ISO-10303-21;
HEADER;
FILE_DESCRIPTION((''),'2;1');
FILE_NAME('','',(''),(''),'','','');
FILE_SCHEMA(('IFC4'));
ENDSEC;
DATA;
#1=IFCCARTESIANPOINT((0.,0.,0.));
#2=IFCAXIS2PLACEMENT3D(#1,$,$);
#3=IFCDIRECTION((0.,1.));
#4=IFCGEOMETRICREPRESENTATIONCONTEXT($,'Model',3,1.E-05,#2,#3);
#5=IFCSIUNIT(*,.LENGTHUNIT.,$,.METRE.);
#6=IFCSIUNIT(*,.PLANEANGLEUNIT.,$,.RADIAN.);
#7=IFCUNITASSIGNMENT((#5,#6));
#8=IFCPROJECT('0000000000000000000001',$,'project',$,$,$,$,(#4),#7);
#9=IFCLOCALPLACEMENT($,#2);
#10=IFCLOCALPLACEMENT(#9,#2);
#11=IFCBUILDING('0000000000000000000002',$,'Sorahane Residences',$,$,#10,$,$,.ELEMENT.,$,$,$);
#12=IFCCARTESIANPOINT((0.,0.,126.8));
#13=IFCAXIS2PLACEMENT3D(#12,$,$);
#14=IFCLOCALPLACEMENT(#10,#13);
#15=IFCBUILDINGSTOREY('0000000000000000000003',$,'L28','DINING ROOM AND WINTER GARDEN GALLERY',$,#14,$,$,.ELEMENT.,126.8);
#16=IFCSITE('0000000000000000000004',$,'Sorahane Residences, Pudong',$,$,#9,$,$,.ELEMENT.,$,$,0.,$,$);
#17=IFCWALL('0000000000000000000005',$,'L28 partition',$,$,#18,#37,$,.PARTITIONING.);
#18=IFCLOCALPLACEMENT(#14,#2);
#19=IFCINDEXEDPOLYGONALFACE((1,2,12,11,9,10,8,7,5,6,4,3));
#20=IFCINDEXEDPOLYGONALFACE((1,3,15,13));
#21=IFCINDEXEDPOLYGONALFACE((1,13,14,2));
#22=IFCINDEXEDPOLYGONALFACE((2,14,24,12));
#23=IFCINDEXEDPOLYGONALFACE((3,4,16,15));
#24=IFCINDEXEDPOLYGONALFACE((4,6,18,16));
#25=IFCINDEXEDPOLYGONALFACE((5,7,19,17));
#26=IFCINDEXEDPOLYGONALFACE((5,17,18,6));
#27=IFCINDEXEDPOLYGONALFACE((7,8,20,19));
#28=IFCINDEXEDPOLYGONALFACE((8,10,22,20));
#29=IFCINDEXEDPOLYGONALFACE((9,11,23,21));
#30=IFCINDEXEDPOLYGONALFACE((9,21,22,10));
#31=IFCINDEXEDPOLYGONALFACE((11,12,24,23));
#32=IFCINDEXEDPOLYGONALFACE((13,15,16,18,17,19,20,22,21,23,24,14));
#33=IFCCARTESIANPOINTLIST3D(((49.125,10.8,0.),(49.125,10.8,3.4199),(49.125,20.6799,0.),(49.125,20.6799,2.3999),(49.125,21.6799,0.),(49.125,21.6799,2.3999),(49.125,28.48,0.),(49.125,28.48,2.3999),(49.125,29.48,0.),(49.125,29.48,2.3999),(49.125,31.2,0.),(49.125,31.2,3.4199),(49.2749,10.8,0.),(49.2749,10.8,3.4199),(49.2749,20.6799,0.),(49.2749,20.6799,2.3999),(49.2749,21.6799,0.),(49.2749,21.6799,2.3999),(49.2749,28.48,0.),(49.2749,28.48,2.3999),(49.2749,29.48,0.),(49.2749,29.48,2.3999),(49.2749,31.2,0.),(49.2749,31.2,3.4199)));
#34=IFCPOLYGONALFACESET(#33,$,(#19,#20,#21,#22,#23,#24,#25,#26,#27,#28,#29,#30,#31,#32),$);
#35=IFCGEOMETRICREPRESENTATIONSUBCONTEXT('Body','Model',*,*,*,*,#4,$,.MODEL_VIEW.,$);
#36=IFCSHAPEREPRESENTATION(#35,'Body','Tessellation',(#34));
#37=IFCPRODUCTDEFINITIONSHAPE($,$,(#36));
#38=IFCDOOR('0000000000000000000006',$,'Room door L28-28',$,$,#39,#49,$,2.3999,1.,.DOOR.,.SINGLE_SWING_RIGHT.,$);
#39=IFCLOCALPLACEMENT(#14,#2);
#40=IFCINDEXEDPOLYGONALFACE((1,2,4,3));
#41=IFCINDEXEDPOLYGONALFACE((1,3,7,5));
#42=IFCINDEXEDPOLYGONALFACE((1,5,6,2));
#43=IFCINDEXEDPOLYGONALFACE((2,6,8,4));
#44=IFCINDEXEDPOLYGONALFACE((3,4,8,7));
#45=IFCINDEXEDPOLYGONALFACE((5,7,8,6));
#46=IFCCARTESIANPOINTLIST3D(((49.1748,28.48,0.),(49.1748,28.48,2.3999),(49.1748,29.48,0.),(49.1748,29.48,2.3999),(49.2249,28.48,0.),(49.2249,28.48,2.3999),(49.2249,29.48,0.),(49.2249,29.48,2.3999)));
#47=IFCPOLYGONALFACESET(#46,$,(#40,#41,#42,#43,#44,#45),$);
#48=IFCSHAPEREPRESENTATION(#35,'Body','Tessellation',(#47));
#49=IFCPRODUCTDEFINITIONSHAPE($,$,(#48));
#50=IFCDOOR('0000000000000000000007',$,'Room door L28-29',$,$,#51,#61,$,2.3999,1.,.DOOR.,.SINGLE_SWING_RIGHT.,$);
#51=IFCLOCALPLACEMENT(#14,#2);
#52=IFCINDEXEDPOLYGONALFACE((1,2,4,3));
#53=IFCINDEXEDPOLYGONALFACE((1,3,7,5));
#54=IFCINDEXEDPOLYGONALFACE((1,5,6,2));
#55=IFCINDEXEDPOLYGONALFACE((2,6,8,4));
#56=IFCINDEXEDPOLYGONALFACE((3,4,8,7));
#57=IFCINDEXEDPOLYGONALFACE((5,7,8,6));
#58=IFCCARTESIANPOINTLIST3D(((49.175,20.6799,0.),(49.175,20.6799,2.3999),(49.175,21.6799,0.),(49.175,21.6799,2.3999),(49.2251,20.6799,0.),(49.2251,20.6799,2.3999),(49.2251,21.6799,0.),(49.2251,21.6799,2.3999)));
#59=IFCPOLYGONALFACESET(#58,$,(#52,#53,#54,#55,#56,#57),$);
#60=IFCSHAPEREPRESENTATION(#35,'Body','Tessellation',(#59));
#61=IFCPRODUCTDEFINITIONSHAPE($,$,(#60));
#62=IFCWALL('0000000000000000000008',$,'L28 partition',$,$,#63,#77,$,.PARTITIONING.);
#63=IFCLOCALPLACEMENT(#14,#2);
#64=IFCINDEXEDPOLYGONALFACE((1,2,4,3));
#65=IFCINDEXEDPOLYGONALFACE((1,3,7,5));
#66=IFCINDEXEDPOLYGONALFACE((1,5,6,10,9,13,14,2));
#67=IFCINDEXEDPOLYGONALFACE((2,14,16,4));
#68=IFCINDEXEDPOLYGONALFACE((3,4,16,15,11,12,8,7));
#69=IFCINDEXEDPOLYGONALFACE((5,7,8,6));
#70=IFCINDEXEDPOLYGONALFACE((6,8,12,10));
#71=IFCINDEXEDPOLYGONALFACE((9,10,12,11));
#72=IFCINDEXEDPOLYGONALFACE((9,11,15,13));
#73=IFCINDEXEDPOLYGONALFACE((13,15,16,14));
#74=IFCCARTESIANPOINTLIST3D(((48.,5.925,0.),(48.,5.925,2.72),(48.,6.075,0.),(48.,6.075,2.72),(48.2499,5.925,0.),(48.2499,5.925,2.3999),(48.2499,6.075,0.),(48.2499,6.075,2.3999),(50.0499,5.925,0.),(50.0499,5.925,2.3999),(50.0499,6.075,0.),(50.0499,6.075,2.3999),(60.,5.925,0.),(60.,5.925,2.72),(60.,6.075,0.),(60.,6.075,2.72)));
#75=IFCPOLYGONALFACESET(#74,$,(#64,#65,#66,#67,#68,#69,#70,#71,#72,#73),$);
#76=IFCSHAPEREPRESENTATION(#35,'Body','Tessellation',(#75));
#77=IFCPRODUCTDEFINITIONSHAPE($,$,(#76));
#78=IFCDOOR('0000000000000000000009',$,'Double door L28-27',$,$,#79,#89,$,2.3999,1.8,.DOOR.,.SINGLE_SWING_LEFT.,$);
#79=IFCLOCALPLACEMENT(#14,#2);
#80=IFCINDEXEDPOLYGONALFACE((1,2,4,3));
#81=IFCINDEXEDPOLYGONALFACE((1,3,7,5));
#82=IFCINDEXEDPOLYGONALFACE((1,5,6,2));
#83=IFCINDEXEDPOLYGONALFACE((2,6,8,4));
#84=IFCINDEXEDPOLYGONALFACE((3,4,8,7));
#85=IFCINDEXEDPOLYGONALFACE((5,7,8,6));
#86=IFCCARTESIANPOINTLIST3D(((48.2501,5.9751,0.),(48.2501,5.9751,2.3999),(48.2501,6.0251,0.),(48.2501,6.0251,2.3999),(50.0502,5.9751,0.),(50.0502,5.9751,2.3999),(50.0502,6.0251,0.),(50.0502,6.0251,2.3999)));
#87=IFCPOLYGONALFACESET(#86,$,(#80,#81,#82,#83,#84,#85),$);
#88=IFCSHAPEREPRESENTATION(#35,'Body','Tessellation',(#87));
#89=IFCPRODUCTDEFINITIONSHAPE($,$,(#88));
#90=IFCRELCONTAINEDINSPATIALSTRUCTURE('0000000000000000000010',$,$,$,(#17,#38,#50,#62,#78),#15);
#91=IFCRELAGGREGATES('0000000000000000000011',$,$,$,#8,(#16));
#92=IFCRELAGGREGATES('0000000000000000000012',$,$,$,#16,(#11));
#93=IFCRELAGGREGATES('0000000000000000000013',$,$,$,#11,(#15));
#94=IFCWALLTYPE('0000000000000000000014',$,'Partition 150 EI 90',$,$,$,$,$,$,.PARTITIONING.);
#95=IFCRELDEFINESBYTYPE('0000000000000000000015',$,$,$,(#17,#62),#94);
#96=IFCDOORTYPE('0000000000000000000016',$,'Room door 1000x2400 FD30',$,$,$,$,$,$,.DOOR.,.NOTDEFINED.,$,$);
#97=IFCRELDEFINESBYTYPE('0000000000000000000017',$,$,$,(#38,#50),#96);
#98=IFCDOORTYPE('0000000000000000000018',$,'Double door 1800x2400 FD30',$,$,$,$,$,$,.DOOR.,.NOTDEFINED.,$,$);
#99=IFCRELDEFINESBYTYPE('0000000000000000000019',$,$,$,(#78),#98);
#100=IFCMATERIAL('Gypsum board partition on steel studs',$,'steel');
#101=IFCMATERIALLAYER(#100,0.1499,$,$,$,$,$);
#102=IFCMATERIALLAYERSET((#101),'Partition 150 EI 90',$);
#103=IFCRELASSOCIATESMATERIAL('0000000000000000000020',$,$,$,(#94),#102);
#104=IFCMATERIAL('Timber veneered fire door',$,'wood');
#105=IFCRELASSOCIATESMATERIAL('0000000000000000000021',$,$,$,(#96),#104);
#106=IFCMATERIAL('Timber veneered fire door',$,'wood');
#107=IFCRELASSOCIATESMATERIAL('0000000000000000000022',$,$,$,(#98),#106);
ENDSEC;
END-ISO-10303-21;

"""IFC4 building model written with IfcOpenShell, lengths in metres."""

from ifc_helpers import new_model, si_unit, direction, frame, frame_2d, origin, place, context, subcontext, project, spatial, rectangle, extrude, material, layer, layer_set, type_object, element, fill, save


model = new_model("IFC4")

# Units and contexts
model_context = context("Model", 3, precision=1e-05, world=origin(), true_north=direction((0.0, 1.0)))
body_context = subcontext(model_context, "Body", "Model", "MODEL_VIEW")
ifc_project = project(units=[si_unit("LENGTHUNIT", "METRE"), si_unit("PLANEANGLEUNIT", "RADIAN")], contexts=[model_context])

# Site, building, storey
site_placement = place(None, origin())
site = spatial("IfcSite", under=ifc_project, at=site_placement, Name="Sorahane Residences, Pudong", CompositionType="ELEMENT", RefElevation=0.0)
building_placement = place(site_placement, origin())
building = spatial("IfcBuilding", under=site, at=building_placement, Name="Sorahane Residences", CompositionType="ELEMENT")
storey_placement = place(building_placement, frame((0.0, 0.0, 126.8)))
storey = spatial("IfcBuildingStorey", under=building, at=storey_placement, Name="L28", Description="DINING ROOM AND WINTER GARDEN GALLERY", CompositionType="ELEMENT", Elevation=126.8)

# Shared definitions
ifc_material_1 = material(Name="Gypsum board partition on steel studs", Category="steel")
ifc_layer_1 = layer(ifc_material_1, 0.1499)
ifc_layer_set_1 = layer_set([ifc_layer_1], Name="Partition 150 EI 90")
wall_type = type_object("IfcWallType", Name="Partition 150 EI 90", PredefinedType="PARTITIONING", material=ifc_layer_set_1)

# Wall, openings, doors
wall_1_placement = place(storey_placement, frame((49.2, 10.8, 0.0), z_axis=(0.0, 0.0, 1.0), x_axis=(0.0, 1.0, 0.0)))
wall_1 = element("IfcWall", 1, at=wall_1_placement, inside=storey, type_object=wall_type, Name="L28 partition", PredefinedType="PARTITIONING", context=body_context, shape_type="SweptSolid", body=[
    extrude(rectangle(XDim=20.3999, YDim=0.1499, at=frame_2d((10.2, 0.0))), origin(), (0.0, 0.0, 1.0), 3.4199),
])
opening_1_placement = place(wall_1_placement, frame((17.6799, 0.0, 0.0)))
opening_1 = element("IfcOpeningElement", 2, at=opening_1_placement, cuts=wall_1, PredefinedType="OPENING", context=body_context, shape_type="SweptSolid", body=[
    extrude(rectangle(XDim=1.0, YDim=2.3999, at=frame_2d((0.5, 1.2))), frame((0.0, 0.085, 0.0), z_axis=(0.0, -1.0, 0.0), x_axis=(1.0, 0.0, 0.0)), (0.0, 0.0, 1.0), 0.1699),
])
opening_2_placement = place(wall_1_placement, frame((9.8799, 0.0, 0.0)))
opening_2 = element("IfcOpeningElement", 3, at=opening_2_placement, cuts=wall_1, PredefinedType="OPENING", context=body_context, shape_type="SweptSolid", body=[
    extrude(rectangle(XDim=1.0, YDim=2.3999, at=frame_2d((0.5, 1.2))), frame((0.0, 0.085, 0.0), z_axis=(0.0, -1.0, 0.0), x_axis=(1.0, 0.0, 0.0)), (0.0, 0.0, 1.0), 0.1699),
])
ifc_material_2 = material(Name="Timber veneered fire door", Category="wood")
door_type_1 = type_object("IfcDoorType", Name="Room door 1000x2400 FD30", OperationType="NOTDEFINED", PredefinedType="DOOR", material=ifc_material_2)
door_1_placement = place(opening_1_placement, frame((1.0, 0.0, 0.0), z_axis=(0.0, 0.0, 1.0), x_axis=(-1.0, 0.0, 0.0)))
door_1 = element("IfcDoor", 4, at=door_1_placement, inside=storey, type_object=door_type_1, Name="Room door L28-28", OperationType="SINGLE_SWING_RIGHT", OverallHeight=2.3999, OverallWidth=1.0, PredefinedType="DOOR", context=body_context, shape_type="SweptSolid", body=[
    extrude(rectangle(XDim=1.0, YDim=2.3999, at=frame_2d((0.5, 1.2))), frame((0.0, 0.0249, 0.0), z_axis=(0.0, -1.0, 0.0), x_axis=(1.0, 0.0, 0.0)), (0.0, 0.0, 1.0), 0.05),
])
fill(opening_1, door_1)
door_2_placement = place(opening_2_placement, origin())
door_2 = element("IfcDoor", 5, at=door_2_placement, inside=storey, type_object=door_type_1, Name="Room door L28-29", OperationType="SINGLE_SWING_RIGHT", OverallHeight=2.3999, OverallWidth=1.0, PredefinedType="DOOR", context=body_context, shape_type="SweptSolid", body=[
    extrude(rectangle(XDim=1.0, YDim=2.3999, at=frame_2d((0.5, 1.2))), frame((0.0, 0.0249, 0.0), z_axis=(0.0, -1.0, 0.0), x_axis=(1.0, 0.0, 0.0)), (0.0, 0.0, 1.0), 0.05),
])
fill(opening_2, door_2)

# Wall, opening, door
wall_2_placement = place(storey_placement, frame((48.0, 6.0, 0.0), z_axis=(0.0, 0.0, 1.0), x_axis=(1.0, 0.0, 0.0)))
wall_2 = element("IfcWall", 6, at=wall_2_placement, inside=storey, type_object=wall_type, Name="L28 partition", PredefinedType="PARTITIONING", context=body_context, shape_type="SweptSolid", body=[
    extrude(rectangle(XDim=12.0, YDim=0.1499, at=frame_2d((6.0, 0.0))), origin(), (0.0, 0.0, 1.0), 2.72),
])
opening_3_placement = place(wall_2_placement, frame((0.25, 0.0, 0.0)))
opening_3 = element("IfcOpeningElement", 7, at=opening_3_placement, cuts=wall_2, PredefinedType="OPENING", context=body_context, shape_type="SweptSolid", body=[
    extrude(rectangle(XDim=1.8, YDim=2.3999, at=frame_2d((0.8999, 1.2))), frame((0.0, 0.085, 0.0), z_axis=(0.0, -1.0, 0.0), x_axis=(1.0, 0.0, 0.0)), (0.0, 0.0, 1.0), 0.1699),
])
ifc_material_3 = material(Name="Timber veneered fire door", Category="wood")
door_type_2 = type_object("IfcDoorType", Name="Double door 1800x2400 FD30", OperationType="NOTDEFINED", PredefinedType="DOOR", material=ifc_material_3)
door_3_placement = place(opening_3_placement, frame((1.8, 0.0, 0.0), z_axis=(0.0, 0.0, 1.0), x_axis=(-1.0, 0.0, 0.0)))
door_3 = element("IfcDoor", 8, at=door_3_placement, inside=storey, type_object=door_type_2, Name="Double door L28-27", OperationType="SINGLE_SWING_LEFT", OverallHeight=2.3999, OverallWidth=1.8, PredefinedType="DOOR", context=body_context, shape_type="SweptSolid", body=[
    extrude(rectangle(XDim=1.8, YDim=2.3999, at=frame_2d((0.8999, 1.2))), frame((0.0, 0.0249, 0.0), z_axis=(0.0, -1.0, 0.0), x_axis=(1.0, 0.0, 0.0)), (0.0, 0.0, 1.0), 0.05),
])
fill(opening_3, door_3)

save(model, "model.ifc")
